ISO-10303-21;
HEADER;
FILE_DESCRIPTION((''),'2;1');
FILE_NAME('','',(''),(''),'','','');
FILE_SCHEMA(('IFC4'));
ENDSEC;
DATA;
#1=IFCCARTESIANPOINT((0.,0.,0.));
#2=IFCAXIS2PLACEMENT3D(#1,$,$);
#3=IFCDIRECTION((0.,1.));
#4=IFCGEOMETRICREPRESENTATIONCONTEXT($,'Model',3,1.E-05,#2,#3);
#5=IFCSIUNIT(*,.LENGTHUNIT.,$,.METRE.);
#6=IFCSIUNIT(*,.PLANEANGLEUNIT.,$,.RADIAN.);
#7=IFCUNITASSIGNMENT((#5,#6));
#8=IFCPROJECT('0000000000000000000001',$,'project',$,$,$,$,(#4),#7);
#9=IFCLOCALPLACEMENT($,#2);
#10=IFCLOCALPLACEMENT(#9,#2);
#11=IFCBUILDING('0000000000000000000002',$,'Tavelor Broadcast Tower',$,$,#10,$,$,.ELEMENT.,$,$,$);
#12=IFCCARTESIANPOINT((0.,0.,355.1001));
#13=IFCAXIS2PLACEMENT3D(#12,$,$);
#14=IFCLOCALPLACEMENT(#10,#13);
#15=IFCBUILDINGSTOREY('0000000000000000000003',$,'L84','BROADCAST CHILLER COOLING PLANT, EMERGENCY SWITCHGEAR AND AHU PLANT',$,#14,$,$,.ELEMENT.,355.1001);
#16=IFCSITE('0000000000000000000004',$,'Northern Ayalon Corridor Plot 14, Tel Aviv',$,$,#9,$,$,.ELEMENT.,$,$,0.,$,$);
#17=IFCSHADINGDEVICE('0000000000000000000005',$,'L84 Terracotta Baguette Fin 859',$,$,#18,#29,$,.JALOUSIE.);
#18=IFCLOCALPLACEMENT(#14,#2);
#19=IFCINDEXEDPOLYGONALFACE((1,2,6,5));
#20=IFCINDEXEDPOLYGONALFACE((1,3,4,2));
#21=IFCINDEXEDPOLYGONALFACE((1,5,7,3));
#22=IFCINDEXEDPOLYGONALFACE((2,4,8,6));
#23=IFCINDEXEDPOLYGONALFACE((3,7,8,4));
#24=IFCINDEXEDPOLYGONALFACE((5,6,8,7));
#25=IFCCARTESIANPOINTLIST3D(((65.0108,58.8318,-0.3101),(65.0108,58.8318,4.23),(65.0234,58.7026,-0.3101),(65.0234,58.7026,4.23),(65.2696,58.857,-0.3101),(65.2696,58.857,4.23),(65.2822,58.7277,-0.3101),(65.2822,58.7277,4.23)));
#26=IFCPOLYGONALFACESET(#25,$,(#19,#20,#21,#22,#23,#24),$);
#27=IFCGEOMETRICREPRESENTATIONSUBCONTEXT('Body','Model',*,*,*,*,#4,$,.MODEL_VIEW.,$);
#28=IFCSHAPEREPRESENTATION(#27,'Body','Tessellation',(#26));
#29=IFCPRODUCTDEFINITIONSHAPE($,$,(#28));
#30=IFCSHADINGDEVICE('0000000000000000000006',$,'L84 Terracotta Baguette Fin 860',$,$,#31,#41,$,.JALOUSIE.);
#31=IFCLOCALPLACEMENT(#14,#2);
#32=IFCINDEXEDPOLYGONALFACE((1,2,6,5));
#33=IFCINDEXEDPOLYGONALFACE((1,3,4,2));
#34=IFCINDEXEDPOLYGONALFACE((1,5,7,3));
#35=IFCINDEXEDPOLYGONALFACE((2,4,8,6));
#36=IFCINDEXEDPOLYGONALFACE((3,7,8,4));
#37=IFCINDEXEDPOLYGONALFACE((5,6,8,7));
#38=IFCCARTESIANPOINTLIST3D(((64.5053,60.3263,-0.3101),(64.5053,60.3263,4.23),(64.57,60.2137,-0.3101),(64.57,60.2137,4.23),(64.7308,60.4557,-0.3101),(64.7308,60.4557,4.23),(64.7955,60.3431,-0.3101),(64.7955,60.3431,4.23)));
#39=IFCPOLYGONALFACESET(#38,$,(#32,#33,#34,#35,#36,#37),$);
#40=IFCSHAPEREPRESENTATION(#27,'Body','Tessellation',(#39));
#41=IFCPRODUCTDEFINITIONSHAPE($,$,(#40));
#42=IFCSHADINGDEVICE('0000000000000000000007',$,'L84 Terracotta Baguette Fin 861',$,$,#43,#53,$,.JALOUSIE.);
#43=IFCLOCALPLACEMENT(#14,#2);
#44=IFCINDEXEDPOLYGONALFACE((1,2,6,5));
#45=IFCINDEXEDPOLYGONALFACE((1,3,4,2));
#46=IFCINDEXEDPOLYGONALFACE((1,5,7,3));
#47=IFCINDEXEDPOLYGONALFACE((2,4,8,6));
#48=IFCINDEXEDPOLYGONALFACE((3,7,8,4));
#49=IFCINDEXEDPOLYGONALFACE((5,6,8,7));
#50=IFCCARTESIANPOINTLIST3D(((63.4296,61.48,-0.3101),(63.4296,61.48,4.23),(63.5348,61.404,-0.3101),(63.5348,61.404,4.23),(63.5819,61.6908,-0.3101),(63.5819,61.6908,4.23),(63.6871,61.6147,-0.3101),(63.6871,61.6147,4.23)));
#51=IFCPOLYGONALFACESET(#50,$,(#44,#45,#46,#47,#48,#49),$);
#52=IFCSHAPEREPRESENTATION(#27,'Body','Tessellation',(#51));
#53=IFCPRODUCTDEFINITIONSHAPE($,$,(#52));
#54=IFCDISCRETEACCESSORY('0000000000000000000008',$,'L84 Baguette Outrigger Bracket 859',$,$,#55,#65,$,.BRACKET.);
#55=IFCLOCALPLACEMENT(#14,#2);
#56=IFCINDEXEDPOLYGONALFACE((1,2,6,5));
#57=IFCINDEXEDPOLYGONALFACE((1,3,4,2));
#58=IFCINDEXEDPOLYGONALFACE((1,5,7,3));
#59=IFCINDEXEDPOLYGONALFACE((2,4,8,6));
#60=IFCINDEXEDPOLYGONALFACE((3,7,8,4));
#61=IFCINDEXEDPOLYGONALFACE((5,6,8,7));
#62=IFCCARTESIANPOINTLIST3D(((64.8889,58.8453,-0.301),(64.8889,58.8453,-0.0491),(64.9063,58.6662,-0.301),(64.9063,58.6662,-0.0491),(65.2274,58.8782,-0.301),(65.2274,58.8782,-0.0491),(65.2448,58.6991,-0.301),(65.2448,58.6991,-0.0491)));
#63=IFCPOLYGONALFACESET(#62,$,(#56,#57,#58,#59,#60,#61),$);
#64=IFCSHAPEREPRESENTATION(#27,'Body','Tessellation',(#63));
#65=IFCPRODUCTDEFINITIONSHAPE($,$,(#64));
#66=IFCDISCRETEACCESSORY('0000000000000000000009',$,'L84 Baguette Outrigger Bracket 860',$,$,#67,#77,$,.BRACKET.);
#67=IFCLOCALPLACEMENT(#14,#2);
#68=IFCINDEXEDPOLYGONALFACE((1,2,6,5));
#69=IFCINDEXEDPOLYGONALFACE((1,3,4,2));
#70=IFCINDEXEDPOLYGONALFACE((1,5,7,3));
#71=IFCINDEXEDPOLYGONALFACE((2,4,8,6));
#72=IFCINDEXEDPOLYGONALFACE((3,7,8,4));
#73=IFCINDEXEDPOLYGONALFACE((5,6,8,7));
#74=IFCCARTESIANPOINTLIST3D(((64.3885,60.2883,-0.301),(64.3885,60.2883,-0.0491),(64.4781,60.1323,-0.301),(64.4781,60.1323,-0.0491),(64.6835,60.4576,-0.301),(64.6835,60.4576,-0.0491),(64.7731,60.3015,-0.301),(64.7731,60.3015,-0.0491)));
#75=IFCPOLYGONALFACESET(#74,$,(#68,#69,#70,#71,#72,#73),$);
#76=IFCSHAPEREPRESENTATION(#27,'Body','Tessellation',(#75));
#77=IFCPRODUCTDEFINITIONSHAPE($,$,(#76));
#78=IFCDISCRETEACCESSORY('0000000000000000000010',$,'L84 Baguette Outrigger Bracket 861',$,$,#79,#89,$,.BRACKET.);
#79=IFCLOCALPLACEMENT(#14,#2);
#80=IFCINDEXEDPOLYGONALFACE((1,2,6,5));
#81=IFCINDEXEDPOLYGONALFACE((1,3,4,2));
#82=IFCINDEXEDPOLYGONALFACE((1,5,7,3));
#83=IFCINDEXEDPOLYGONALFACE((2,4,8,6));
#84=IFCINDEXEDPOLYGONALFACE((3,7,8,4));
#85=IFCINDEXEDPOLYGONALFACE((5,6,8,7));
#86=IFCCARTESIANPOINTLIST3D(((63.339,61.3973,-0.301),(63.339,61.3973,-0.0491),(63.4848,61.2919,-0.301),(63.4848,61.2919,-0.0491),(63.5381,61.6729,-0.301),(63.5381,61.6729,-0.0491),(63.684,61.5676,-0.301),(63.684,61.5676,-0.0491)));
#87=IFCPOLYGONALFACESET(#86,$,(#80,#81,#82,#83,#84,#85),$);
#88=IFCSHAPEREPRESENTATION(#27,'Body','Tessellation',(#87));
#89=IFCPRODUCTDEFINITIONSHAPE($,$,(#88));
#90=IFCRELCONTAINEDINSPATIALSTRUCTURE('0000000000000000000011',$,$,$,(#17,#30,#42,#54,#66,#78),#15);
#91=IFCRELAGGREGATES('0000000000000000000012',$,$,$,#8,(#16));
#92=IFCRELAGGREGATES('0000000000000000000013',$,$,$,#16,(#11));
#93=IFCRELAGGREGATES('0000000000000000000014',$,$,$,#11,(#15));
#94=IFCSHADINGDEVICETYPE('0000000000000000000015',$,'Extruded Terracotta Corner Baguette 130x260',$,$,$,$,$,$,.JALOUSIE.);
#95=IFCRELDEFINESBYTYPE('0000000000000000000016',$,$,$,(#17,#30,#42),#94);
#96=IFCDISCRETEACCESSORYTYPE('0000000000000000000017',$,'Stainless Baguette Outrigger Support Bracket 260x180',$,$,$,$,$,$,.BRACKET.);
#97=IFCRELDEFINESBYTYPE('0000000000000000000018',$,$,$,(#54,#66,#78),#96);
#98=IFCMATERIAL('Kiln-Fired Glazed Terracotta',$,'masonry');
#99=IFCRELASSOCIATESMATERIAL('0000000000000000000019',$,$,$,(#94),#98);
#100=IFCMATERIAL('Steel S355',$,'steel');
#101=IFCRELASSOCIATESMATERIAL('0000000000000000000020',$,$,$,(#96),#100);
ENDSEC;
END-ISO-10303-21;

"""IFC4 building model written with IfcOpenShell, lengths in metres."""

from ifc_helpers import new_model, si_unit, direction, frame, origin, origin_2d, place, context, subcontext, project, spatial, rectangle, extrude, source, transform, mapped, material, type_object, type_shapes, element, save


model = new_model("IFC4")

# Units and contexts
model_context = context("Model", 3, precision=1e-05, world=origin(), true_north=direction((0.0, 1.0)))
body_context = subcontext(model_context, "Body", "Model", "MODEL_VIEW")
ifc_project = project(units=[si_unit("LENGTHUNIT", "METRE"), si_unit("PLANEANGLEUNIT", "RADIAN")], contexts=[model_context])

# Site, building, storey
site_placement = place(None, origin())
site = spatial("IfcSite", under=ifc_project, at=site_placement, Name="Northern Ayalon Corridor Plot 14, Tel Aviv", CompositionType="ELEMENT", RefElevation=0.0)
building_placement = place(site_placement, origin())
building = spatial("IfcBuilding", under=site, at=building_placement, Name="Tavelor Broadcast Tower", CompositionType="ELEMENT")
storey_placement = place(building_placement, frame((0.0, 0.0, 355.1001)))
storey = spatial("IfcBuildingStorey", under=building, at=storey_placement, Name="L84", Description="BROADCAST CHILLER COOLING PLANT, EMERGENCY SWITCHGEAR AND AHU PLANT", CompositionType="ELEMENT", Elevation=355.1001)

# Shared definitions
ifc_material_1 = material(Name="Steel S355", Category="steel")

# Shading devices
ifc_material_2 = material(Name="Kiln-Fired Glazed Terracotta", Category="masonry")
shading_device_type = type_object("IfcShadingDeviceType", Name="Extruded Terracotta Corner Baguette 130x260", PredefinedType="JALOUSIE", material=ifc_material_2)
shared_shape_1 = source(origin(), body_context, "Body", "SweptSolid", [
    extrude(rectangle(XDim=0.1299, YDim=0.26, at=origin_2d()), origin(), (0.0, 0.0, 1.0), 4.54),
])
type_shapes(shading_device_type, [shared_shape_1])
for number, where, z_axis, x_axis, name in (
    (1, (65.1465, 58.7798, -0.3101), (0.0, 0.0, 1.0), (-0.096714, 0.995312, 0.0), "L84 Terracotta Baguette Fin 859"),
    (2, (64.6504, 60.3347, -0.3101), (0.0, 0.0, 1.0), (-0.497731, 0.867331, 0.0), "L84 Terracotta Baguette Fin 860"),
    (3, (63.5583, 61.5474, -0.3101), (0.0, 0.0, 1.0), (-0.810553, 0.585665, 0.0), "L84 Terracotta Baguette Fin 861"),
):
    element("IfcShadingDevice", number, at=place(storey_placement, frame(where, z_axis=z_axis, x_axis=x_axis)), inside=storey, type_object=shading_device_type, Name=name, PredefinedType="JALOUSIE", context=body_context, shape_type="MappedRepresentation", body=[
        mapped(shared_shape_1, transform((0.0, 0.0, 0.0), scale=1.0)),
    ])

# Discrete accessories
discrete_accessory_type = type_object("IfcDiscreteAccessoryType", Name="Stainless Baguette Outrigger Support Bracket 260x180", PredefinedType="BRACKET", material=ifc_material_1)
shared_shape_2 = source(origin(), body_context, "Body", "SweptSolid", [
    extrude(rectangle(XDim=0.1799, YDim=0.3401, at=origin_2d()), origin(), (0.0, 0.0, 1.0), 0.252),
])
type_shapes(discrete_accessory_type, [shared_shape_2])
for number, where, z_axis, x_axis, name in (
    (4, (65.0669, 58.7722, -0.301), (0.0, 0.0, 1.0), (-0.096714, 0.995312, 0.0), "L84 Baguette Outrigger Bracket 859"),
    (5, (64.5808, 60.2949, -0.301), (0.0, 0.0, 1.0), (-0.497731, 0.867331, 0.0), "L84 Baguette Outrigger Bracket 860"),
    (6, (63.5115, 61.4824, -0.301), (0.0, 0.0, 1.0), (-0.810553, 0.585665, 0.0), "L84 Baguette Outrigger Bracket 861"),
):
    element("IfcDiscreteAccessory", number, at=place(storey_placement, frame(where, z_axis=z_axis, x_axis=x_axis)), inside=storey, type_object=discrete_accessory_type, Name=name, PredefinedType="BRACKET", context=body_context, shape_type="MappedRepresentation", body=[
        mapped(shared_shape_2, transform((0.0, 0.0, 0.0), scale=1.0)),
    ])

save(model, "model.ifc")
